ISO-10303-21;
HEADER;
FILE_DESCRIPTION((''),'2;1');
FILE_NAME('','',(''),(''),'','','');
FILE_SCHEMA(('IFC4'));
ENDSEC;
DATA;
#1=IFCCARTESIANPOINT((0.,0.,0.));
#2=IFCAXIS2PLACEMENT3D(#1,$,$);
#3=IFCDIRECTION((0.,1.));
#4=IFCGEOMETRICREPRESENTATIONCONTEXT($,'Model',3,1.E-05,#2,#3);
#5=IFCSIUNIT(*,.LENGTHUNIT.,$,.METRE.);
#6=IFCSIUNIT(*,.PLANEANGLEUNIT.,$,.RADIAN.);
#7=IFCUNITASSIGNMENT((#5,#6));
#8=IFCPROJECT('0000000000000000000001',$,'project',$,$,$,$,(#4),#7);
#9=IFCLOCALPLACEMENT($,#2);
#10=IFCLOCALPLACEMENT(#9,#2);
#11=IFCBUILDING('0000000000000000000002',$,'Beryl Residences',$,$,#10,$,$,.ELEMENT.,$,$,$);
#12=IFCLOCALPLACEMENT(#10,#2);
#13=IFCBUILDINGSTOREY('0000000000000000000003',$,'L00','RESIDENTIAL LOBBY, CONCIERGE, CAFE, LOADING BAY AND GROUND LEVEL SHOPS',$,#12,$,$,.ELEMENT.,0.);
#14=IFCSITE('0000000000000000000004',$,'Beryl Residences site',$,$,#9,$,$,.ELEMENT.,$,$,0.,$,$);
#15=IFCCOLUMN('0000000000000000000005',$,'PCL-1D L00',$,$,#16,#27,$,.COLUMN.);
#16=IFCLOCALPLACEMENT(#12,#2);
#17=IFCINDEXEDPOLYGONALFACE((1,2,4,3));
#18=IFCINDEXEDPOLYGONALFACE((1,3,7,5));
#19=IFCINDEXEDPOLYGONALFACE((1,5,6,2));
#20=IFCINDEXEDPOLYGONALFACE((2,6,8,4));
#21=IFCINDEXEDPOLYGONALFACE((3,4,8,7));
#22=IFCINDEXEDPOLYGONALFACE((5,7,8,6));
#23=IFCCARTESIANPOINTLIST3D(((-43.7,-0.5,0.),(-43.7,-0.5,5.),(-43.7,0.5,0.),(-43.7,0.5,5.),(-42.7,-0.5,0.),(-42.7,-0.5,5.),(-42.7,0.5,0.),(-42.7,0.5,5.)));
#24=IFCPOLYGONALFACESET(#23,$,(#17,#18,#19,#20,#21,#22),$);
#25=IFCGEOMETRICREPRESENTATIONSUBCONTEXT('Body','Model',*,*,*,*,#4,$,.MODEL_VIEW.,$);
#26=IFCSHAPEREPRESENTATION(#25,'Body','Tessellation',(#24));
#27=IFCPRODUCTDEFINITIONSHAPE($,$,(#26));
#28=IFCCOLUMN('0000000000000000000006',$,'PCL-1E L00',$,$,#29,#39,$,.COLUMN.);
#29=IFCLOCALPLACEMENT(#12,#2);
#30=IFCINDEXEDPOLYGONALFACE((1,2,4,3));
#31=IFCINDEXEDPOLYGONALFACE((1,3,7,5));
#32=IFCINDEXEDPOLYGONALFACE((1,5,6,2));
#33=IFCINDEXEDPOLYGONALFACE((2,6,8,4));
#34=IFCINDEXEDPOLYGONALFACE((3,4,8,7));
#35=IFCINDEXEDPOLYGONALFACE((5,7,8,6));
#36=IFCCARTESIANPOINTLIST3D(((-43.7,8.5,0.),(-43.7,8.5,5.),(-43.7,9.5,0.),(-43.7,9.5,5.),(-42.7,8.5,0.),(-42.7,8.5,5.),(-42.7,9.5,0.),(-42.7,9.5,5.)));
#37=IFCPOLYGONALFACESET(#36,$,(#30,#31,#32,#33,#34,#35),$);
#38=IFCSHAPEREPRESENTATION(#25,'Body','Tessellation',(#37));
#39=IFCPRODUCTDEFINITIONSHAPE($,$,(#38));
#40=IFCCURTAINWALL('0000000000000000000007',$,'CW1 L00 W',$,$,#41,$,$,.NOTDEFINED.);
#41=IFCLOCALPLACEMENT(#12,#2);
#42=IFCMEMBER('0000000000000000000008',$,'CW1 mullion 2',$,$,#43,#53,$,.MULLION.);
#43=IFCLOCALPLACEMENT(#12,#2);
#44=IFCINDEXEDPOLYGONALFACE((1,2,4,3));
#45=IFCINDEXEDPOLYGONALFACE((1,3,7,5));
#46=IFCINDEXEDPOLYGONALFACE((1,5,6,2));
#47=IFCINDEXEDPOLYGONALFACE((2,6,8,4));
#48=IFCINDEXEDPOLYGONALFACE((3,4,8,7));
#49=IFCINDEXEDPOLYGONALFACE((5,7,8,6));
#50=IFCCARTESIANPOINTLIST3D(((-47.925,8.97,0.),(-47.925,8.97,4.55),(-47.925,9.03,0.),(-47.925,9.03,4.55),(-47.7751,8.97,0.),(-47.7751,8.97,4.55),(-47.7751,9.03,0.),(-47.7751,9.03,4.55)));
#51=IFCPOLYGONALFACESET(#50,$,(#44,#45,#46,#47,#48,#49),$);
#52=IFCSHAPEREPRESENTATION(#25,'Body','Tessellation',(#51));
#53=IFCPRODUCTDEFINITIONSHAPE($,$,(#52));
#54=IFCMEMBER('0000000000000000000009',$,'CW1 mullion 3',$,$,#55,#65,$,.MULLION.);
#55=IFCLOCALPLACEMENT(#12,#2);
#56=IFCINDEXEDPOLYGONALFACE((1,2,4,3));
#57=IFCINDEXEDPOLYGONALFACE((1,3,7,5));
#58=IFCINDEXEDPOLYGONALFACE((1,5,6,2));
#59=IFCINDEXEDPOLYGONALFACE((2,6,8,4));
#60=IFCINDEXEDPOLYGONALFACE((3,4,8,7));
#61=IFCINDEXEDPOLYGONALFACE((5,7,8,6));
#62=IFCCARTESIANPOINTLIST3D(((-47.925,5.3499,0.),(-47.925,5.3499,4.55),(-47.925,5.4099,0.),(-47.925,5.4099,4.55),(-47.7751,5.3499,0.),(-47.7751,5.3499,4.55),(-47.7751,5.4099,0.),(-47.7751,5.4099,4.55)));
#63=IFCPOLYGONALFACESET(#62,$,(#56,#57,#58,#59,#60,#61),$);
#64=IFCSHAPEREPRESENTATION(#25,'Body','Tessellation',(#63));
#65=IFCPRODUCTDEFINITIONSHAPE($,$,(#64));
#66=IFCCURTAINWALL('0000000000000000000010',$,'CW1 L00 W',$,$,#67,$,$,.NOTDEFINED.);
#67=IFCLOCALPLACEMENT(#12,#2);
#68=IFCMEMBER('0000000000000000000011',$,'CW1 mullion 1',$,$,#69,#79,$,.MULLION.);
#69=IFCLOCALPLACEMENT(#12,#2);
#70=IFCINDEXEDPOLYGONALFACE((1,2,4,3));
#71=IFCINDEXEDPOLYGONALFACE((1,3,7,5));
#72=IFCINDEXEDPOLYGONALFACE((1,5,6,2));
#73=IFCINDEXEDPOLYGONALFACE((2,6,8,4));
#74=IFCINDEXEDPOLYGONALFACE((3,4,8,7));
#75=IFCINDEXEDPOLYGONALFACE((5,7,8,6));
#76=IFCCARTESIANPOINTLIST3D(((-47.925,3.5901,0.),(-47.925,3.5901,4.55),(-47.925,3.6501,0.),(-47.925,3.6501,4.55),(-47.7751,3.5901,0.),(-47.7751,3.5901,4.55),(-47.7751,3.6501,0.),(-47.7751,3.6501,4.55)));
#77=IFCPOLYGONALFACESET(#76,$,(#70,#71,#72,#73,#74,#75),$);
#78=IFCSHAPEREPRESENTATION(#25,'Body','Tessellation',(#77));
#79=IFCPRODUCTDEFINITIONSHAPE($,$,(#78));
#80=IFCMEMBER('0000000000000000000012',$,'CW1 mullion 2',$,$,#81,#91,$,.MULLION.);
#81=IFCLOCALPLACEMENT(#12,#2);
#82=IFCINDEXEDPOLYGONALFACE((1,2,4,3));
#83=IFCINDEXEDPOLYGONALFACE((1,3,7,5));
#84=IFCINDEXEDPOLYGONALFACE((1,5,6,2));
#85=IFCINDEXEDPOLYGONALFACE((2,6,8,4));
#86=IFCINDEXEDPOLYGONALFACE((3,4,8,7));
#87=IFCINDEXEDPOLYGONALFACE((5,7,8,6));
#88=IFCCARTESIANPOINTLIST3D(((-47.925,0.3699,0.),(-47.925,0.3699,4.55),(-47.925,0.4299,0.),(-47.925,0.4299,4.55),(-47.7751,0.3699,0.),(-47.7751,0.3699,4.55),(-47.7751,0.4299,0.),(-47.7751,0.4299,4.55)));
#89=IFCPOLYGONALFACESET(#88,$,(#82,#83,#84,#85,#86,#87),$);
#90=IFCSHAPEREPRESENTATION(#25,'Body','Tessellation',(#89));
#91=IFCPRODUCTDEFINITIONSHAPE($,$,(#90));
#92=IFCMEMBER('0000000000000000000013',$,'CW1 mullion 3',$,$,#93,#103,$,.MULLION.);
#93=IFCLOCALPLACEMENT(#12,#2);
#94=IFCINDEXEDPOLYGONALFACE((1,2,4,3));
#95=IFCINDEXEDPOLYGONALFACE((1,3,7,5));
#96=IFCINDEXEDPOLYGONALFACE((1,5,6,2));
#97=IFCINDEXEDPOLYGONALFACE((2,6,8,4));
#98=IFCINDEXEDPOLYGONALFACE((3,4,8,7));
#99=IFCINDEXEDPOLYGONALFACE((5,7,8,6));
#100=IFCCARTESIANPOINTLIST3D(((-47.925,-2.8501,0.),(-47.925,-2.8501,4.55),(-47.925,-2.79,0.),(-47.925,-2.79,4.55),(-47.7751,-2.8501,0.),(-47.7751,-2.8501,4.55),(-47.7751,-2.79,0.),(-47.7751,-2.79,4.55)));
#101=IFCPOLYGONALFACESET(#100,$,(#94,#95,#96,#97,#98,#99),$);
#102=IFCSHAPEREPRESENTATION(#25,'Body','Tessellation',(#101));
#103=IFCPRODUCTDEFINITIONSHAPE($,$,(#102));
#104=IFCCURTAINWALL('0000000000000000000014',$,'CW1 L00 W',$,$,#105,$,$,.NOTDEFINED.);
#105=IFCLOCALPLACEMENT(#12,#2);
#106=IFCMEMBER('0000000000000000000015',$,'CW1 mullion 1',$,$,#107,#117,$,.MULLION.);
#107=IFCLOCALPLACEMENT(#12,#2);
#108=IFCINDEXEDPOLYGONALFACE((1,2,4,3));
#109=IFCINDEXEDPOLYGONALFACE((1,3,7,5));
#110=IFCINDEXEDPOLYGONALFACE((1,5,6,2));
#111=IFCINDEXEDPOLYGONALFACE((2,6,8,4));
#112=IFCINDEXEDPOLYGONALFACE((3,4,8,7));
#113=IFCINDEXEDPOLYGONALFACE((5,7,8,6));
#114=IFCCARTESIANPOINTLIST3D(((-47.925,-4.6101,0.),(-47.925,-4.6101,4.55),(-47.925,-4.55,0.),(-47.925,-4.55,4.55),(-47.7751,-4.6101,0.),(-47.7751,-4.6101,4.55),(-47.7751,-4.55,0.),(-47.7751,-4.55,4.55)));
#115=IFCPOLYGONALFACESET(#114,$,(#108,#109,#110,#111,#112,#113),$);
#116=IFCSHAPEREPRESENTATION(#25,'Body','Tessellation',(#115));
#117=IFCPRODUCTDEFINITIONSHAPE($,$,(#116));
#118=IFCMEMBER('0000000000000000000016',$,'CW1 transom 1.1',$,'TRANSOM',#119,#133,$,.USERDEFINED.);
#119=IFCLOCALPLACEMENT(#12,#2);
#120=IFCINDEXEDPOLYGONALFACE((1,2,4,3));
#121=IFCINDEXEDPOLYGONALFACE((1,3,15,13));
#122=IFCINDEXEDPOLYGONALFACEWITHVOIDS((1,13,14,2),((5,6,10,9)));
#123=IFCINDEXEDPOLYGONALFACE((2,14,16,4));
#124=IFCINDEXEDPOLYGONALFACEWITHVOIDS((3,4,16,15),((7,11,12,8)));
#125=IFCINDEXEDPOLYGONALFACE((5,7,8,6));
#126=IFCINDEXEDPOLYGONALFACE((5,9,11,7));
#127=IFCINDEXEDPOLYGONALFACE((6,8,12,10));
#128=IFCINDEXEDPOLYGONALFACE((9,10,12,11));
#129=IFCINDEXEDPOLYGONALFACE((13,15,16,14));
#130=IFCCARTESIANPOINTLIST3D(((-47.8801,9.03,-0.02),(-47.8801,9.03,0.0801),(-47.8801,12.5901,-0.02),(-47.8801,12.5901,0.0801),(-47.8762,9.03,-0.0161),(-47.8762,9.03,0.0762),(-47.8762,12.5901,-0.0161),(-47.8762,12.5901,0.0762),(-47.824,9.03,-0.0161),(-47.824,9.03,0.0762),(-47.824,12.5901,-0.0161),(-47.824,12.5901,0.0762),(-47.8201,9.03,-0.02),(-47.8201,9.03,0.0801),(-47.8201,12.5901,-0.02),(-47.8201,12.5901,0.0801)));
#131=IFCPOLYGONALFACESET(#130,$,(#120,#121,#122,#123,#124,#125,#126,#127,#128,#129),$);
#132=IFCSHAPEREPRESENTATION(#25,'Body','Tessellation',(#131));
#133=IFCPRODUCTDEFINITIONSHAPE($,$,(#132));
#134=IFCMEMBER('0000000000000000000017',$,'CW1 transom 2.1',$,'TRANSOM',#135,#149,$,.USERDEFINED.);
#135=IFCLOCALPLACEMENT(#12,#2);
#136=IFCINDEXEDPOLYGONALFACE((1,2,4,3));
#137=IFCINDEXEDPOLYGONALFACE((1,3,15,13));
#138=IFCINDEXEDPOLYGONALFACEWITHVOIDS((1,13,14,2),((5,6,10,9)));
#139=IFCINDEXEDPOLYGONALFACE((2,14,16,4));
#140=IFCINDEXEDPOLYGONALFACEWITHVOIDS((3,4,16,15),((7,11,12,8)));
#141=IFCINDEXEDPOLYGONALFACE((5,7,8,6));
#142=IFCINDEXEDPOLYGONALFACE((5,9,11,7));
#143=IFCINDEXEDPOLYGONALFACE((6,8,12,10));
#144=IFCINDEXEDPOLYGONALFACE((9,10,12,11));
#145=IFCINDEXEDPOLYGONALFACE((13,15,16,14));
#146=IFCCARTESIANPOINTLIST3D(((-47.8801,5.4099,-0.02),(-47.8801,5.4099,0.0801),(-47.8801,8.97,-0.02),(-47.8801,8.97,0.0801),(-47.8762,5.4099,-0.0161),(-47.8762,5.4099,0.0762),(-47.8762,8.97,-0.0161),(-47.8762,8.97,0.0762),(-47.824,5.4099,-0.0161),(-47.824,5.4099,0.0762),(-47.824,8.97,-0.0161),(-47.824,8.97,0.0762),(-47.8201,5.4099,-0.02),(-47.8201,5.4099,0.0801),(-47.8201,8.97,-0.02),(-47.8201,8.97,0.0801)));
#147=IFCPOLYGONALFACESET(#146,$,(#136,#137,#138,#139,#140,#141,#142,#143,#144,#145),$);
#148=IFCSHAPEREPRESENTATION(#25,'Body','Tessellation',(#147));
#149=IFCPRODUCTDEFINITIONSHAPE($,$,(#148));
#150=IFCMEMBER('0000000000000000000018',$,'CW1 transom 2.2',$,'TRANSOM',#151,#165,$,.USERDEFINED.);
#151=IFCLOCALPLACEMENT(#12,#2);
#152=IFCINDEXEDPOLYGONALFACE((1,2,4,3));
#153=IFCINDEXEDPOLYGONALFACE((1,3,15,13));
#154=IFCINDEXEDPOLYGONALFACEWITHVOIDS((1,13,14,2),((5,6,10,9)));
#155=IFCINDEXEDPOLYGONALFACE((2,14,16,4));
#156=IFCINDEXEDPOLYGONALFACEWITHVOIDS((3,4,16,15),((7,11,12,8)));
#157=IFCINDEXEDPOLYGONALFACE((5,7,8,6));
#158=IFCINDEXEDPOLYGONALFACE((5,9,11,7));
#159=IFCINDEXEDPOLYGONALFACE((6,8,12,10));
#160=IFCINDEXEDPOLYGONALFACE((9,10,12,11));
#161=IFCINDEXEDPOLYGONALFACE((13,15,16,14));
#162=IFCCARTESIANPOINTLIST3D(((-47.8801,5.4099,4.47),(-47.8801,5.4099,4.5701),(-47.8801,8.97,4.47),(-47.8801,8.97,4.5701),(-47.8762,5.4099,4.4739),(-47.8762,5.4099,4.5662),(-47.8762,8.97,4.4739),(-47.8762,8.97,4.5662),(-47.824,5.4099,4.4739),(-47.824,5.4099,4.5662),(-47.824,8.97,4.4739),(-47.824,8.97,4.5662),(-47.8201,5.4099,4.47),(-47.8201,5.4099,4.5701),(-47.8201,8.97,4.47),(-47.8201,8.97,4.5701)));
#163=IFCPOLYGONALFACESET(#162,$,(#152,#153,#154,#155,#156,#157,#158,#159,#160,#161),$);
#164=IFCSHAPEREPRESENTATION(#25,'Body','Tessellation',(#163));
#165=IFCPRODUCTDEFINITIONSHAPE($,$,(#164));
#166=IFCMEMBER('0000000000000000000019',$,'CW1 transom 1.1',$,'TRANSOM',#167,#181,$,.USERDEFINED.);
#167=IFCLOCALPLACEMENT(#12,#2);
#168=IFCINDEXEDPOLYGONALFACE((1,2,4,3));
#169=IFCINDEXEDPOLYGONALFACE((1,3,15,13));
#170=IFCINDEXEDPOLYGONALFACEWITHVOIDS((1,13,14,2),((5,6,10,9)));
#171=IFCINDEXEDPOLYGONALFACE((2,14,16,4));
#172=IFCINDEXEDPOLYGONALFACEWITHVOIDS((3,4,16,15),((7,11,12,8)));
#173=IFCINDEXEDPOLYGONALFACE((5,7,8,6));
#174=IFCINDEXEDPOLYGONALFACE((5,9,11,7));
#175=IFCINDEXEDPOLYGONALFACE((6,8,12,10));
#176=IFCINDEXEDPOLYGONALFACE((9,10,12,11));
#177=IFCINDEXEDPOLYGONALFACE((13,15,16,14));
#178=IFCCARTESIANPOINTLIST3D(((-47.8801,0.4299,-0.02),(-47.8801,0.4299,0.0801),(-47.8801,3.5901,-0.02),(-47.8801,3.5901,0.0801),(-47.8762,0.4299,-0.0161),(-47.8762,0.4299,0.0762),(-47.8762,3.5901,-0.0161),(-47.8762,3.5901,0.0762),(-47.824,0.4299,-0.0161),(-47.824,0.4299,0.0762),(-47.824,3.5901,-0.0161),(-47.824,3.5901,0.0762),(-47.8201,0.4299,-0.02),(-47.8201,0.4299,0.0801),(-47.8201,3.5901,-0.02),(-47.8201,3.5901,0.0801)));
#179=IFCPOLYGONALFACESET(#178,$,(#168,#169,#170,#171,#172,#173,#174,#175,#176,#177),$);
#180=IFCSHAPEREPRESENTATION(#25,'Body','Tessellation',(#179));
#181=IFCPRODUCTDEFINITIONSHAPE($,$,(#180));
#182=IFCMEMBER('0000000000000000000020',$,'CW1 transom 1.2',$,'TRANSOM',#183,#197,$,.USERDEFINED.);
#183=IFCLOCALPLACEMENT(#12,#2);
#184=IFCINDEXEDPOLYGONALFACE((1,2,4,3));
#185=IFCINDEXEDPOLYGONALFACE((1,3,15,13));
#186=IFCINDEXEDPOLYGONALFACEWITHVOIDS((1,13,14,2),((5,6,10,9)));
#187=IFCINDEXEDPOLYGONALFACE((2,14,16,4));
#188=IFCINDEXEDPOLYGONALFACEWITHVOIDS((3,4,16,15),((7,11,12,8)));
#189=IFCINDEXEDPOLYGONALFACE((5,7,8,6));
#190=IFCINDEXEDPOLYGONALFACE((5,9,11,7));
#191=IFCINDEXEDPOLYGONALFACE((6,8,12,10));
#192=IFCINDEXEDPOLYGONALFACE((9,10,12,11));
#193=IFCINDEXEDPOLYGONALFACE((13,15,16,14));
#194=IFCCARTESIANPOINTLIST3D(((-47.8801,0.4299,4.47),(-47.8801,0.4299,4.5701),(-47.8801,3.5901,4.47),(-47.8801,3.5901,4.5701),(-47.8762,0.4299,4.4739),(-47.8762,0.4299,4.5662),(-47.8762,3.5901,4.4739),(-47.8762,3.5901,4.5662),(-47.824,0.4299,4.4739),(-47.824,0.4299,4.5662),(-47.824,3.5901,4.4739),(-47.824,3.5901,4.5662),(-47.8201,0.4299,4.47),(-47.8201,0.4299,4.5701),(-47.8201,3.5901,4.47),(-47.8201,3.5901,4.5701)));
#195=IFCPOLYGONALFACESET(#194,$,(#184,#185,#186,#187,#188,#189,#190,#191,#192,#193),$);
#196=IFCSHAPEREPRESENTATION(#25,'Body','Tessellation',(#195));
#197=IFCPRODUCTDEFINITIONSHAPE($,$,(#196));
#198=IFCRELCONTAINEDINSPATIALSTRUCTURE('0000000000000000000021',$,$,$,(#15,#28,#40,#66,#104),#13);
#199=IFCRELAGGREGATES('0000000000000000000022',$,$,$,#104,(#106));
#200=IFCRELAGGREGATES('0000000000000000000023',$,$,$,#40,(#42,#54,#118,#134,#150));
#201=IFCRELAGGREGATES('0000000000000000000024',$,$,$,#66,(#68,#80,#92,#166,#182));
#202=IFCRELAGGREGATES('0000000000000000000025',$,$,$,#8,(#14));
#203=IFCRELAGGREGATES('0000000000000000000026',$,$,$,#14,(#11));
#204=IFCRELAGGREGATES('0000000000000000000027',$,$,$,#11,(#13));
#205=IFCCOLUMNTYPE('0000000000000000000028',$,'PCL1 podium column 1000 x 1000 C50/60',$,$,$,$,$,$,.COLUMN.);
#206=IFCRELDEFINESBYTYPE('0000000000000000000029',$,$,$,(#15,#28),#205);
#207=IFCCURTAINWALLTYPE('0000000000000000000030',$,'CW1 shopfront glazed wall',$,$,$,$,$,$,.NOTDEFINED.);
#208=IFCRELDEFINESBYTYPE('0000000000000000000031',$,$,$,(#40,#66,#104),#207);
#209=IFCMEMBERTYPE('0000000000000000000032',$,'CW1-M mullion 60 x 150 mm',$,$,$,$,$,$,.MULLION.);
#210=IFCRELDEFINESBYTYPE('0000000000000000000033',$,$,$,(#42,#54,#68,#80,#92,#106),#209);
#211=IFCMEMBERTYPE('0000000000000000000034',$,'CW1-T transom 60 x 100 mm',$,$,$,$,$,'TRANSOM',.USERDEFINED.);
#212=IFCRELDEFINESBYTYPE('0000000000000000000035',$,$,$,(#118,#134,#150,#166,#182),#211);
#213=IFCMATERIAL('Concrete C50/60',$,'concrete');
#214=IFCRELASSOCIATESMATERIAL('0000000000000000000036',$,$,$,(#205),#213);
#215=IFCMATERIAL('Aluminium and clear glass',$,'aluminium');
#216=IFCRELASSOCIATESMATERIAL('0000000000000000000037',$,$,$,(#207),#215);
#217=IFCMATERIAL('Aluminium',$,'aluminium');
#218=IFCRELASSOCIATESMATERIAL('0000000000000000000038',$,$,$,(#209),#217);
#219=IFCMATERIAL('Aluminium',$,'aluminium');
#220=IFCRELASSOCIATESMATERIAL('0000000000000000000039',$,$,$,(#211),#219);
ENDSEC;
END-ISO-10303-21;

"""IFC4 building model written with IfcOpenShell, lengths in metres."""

from ifc_helpers import new_model, si_unit, direction, frame, origin, origin_2d, place, context, subcontext, project, spatial, rectangle, hollow_rectangle, extrude, material, material_profile, profile_set, type_object, element, aggregate, save


model = new_model("IFC4")

# Units and contexts
model_context = context("Model", 3, precision=1e-05, world=origin(), true_north=direction((0.0, 1.0)))
body_context = subcontext(model_context, "Body", "Model", "MODEL_VIEW")
ifc_project = project(units=[si_unit("LENGTHUNIT", "METRE"), si_unit("PLANEANGLEUNIT", "RADIAN")], contexts=[model_context])

# Site, building, storey
site_placement = place(None, origin())
site = spatial("IfcSite", under=ifc_project, at=site_placement, Name="Beryl Residences site", CompositionType="ELEMENT", RefElevation=0.0)
building_placement = place(site_placement, origin())
building = spatial("IfcBuilding", under=site, at=building_placement, Name="Beryl Residences", CompositionType="ELEMENT")
storey_placement = place(building_placement, origin())
storey = spatial("IfcBuildingStorey", under=building, at=storey_placement, Name="L00", Description="RESIDENTIAL LOBBY, CONCIERGE, CAFE, LOADING BAY AND GROUND LEVEL SHOPS", CompositionType="ELEMENT", Elevation=0.0)

# Columns
ifc_material_1 = material(Name="Concrete C50/60", Category="concrete")
ifc_material_profile_1 = material_profile(ifc_material_1, rectangle(XDim=1.0, YDim=1.0, at=origin_2d()))
ifc_profile_set_1 = profile_set([ifc_material_profile_1], Name="Concrete C50/60")
column_type = type_object("IfcColumnType", Name="PCL1 podium column 1000 x 1000 C50/60", PredefinedType="COLUMN", material=ifc_profile_set_1)
for number, where, z_axis, x_axis, name in (
    (1, (-43.2, 0.0, 0.0), (0.0, 0.0, 1.0), (1.0, 0.0, 0.0), "PCL-1D L00"),
    (2, (-43.2, 9.0, 0.0), (0.0, 0.0, 1.0), (1.0, 0.0, 0.0), "PCL-1E L00"),
):
    element("IfcColumn", number, at=place(storey_placement, frame(where, z_axis=z_axis, x_axis=x_axis)), inside=storey, type_object=column_type, Name=name, PredefinedType="COLUMN", context=body_context, shape_type="SweptSolid", body=[
        extrude(rectangle(XDim=1.0, YDim=1.0, at=origin_2d()), origin(), (0.0, 0.0, 1.0), 5.0),
    ])

# Curtain walls, members
ifc_material_2 = material(Name="Aluminium and clear glass", Category="aluminium")
curtain_wall_type = type_object("IfcCurtainWallType", Name="CW1 shopfront glazed wall", PredefinedType="NOTDEFINED", material=ifc_material_2)
curtain_wall_1_placement = place(storey_placement, origin())
curtain_wall_1 = element("IfcCurtainWall", 3, at=curtain_wall_1_placement, inside=storey, type_object=curtain_wall_type, Name="CW1 L00 W", PredefinedType="NOTDEFINED")
ifc_material_3 = material(Name="Aluminium", Category="aluminium")
ifc_material_profile_2 = material_profile(ifc_material_3, rectangle(XDim=0.0601, YDim=0.1499, at=origin_2d()))
ifc_profile_set_2 = profile_set([ifc_material_profile_2], Name="Aluminium")
member_type_1 = type_object("IfcMemberType", Name="CW1-M mullion 60 x 150 mm", PredefinedType="MULLION", material=ifc_profile_set_2)
member_1_placement = place(storey_placement, frame((-47.8501, 9.0, 0.0), z_axis=(0.0, 0.0, 1.0), x_axis=(0.0, -1.0, 0.0)))
member_1 = element("IfcMember", 4, at=member_1_placement, type_object=member_type_1, Name="CW1 mullion 2", PredefinedType="MULLION", context=body_context, shape_type="SweptSolid", body=[
    extrude(rectangle(XDim=0.0601, YDim=0.1499, at=origin_2d()), origin(), (0.0, 0.0, 1.0), 4.55),
])
member_2_placement = place(storey_placement, frame((-47.8501, 5.3799, 0.0), z_axis=(0.0, 0.0, 1.0), x_axis=(0.0, -1.0, 0.0)))
member_2 = element("IfcMember", 5, at=member_2_placement, type_object=member_type_1, Name="CW1 mullion 3", PredefinedType="MULLION", context=body_context, shape_type="SweptSolid", body=[
    extrude(rectangle(XDim=0.0601, YDim=0.1499, at=origin_2d()), origin(), (0.0, 0.0, 1.0), 4.55),
])
curtain_wall_2_placement = place(storey_placement, origin())
curtain_wall_2 = element("IfcCurtainWall", 6, at=curtain_wall_2_placement, inside=storey, type_object=curtain_wall_type, Name="CW1 L00 W", PredefinedType="NOTDEFINED")
member_3_placement = place(storey_placement, frame((-47.8501, 3.6201, 0.0), z_axis=(0.0, 0.0, 1.0), x_axis=(0.0, -1.0, 0.0)))
member_3 = element("IfcMember", 7, at=member_3_placement, type_object=member_type_1, Name="CW1 mullion 1", PredefinedType="MULLION", context=body_context, shape_type="SweptSolid", body=[
    extrude(rectangle(XDim=0.0601, YDim=0.1499, at=origin_2d()), origin(), (0.0, 0.0, 1.0), 4.55),
])
member_4_placement = place(storey_placement, frame((-47.8501, 0.3999, 0.0), z_axis=(0.0, 0.0, 1.0), x_axis=(0.0, -1.0, 0.0)))
member_4 = element("IfcMember", 8, at=member_4_placement, type_object=member_type_1, Name="CW1 mullion 2", PredefinedType="MULLION", context=body_context, shape_type="SweptSolid", body=[
    extrude(rectangle(XDim=0.0601, YDim=0.1499, at=origin_2d()), origin(), (0.0, 0.0, 1.0), 4.55),
])
member_5_placement = place(storey_placement, frame((-47.8501, -2.8201, 0.0), z_axis=(0.0, 0.0, 1.0), x_axis=(0.0, -1.0, 0.0)))
member_5 = element("IfcMember", 9, at=member_5_placement, type_object=member_type_1, Name="CW1 mullion 3", PredefinedType="MULLION", context=body_context, shape_type="SweptSolid", body=[
    extrude(rectangle(XDim=0.0601, YDim=0.1499, at=origin_2d()), origin(), (0.0, 0.0, 1.0), 4.55),
])

# Curtain wall, member
curtain_wall_3_placement = place(storey_placement, origin())
curtain_wall_3 = element("IfcCurtainWall", 10, at=curtain_wall_3_placement, inside=storey, type_object=curtain_wall_type, Name="CW1 L00 W", PredefinedType="NOTDEFINED")
member_6_placement = place(storey_placement, frame((-47.8501, -4.5801, 0.0), z_axis=(0.0, 0.0, 1.0), x_axis=(0.0, -1.0, 0.0)))
member_6 = element("IfcMember", 11, at=member_6_placement, type_object=member_type_1, Name="CW1 mullion 1", PredefinedType="MULLION", context=body_context, shape_type="SweptSolid", body=[
    extrude(rectangle(XDim=0.0601, YDim=0.1499, at=origin_2d()), origin(), (0.0, 0.0, 1.0), 4.55),
])

# Members
ifc_material_4 = material(Name="Aluminium", Category="aluminium")
ifc_material_profile_3 = material_profile(ifc_material_4, hollow_rectangle(XDim=0.0601, YDim=0.1001, WallThickness=0.0039, at=origin_2d()))
ifc_profile_set_3 = profile_set([ifc_material_profile_3], Name="Aluminium")
member_type_2 = type_object("IfcMemberType", Name="CW1-T transom 60 x 100 mm", ElementType="TRANSOM", PredefinedType="USERDEFINED", material=ifc_profile_set_3)
member_7_placement = place(storey_placement, frame((-47.8501, 12.5901, 0.03), z_axis=(0.0, -1.0, 0.0), x_axis=(1.0, 0.0, 0.0)))
member_7 = element("IfcMember", 12, at=member_7_placement, type_object=member_type_2, Name="CW1 transom 1.1", ObjectType="TRANSOM", PredefinedType="USERDEFINED", context=body_context, shape_type="SweptSolid", body=[
    extrude(hollow_rectangle(XDim=0.0601, YDim=0.1001, WallThickness=0.0039, at=origin_2d()), origin(), (0.0, 0.0, 1.0), 3.5601),
])
member_8_placement = place(storey_placement, frame((-47.8501, 8.97, 0.03), z_axis=(0.0, -1.0, 0.0), x_axis=(1.0, 0.0, 0.0)))
member_8 = element("IfcMember", 13, at=member_8_placement, type_object=member_type_2, Name="CW1 transom 2.1", ObjectType="TRANSOM", PredefinedType="USERDEFINED", context=body_context, shape_type="SweptSolid", body=[
    extrude(hollow_rectangle(XDim=0.0601, YDim=0.1001, WallThickness=0.0039, at=origin_2d()), origin(), (0.0, 0.0, 1.0), 3.5601),
])
member_9_placement = place(storey_placement, frame((-47.8501, 8.97, 4.52), z_axis=(0.0, -1.0, 0.0), x_axis=(1.0, 0.0, 0.0)))
member_9 = element("IfcMember", 14, at=member_9_placement, type_object=member_type_2, Name="CW1 transom 2.2", ObjectType="TRANSOM", PredefinedType="USERDEFINED", context=body_context, shape_type="SweptSolid", body=[
    extrude(hollow_rectangle(XDim=0.0601, YDim=0.1001, WallThickness=0.0039, at=origin_2d()), origin(), (0.0, 0.0, 1.0), 3.5601),
])
member_10_placement = place(storey_placement, frame((-47.8501, 3.5901, 0.03), z_axis=(0.0, -1.0, 0.0), x_axis=(1.0, 0.0, 0.0)))
member_10 = element("IfcMember", 15, at=member_10_placement, type_object=member_type_2, Name="CW1 transom 1.1", ObjectType="TRANSOM", PredefinedType="USERDEFINED", context=body_context, shape_type="SweptSolid", body=[
    extrude(hollow_rectangle(XDim=0.0601, YDim=0.1001, WallThickness=0.0039, at=origin_2d()), origin(), (0.0, 0.0, 1.0), 3.1602),
])
member_11_placement = place(storey_placement, frame((-47.8501, 3.5901, 4.52), z_axis=(0.0, -1.0, 0.0), x_axis=(1.0, 0.0, 0.0)))
member_11 = element("IfcMember", 16, at=member_11_placement, type_object=member_type_2, Name="CW1 transom 1.2", ObjectType="TRANSOM", PredefinedType="USERDEFINED", context=body_context, shape_type="SweptSolid", body=[
    extrude(hollow_rectangle(XDim=0.0601, YDim=0.1001, WallThickness=0.0039, at=origin_2d()), origin(), (0.0, 0.0, 1.0), 3.1602),
])
aggregate(curtain_wall_3, [member_6])

aggregate(curtain_wall_1, [member_1, member_2, member_7, member_8, member_9])
aggregate(curtain_wall_2, [member_3, member_4, member_5, member_10, member_11])

save(model, "model.ifc")
